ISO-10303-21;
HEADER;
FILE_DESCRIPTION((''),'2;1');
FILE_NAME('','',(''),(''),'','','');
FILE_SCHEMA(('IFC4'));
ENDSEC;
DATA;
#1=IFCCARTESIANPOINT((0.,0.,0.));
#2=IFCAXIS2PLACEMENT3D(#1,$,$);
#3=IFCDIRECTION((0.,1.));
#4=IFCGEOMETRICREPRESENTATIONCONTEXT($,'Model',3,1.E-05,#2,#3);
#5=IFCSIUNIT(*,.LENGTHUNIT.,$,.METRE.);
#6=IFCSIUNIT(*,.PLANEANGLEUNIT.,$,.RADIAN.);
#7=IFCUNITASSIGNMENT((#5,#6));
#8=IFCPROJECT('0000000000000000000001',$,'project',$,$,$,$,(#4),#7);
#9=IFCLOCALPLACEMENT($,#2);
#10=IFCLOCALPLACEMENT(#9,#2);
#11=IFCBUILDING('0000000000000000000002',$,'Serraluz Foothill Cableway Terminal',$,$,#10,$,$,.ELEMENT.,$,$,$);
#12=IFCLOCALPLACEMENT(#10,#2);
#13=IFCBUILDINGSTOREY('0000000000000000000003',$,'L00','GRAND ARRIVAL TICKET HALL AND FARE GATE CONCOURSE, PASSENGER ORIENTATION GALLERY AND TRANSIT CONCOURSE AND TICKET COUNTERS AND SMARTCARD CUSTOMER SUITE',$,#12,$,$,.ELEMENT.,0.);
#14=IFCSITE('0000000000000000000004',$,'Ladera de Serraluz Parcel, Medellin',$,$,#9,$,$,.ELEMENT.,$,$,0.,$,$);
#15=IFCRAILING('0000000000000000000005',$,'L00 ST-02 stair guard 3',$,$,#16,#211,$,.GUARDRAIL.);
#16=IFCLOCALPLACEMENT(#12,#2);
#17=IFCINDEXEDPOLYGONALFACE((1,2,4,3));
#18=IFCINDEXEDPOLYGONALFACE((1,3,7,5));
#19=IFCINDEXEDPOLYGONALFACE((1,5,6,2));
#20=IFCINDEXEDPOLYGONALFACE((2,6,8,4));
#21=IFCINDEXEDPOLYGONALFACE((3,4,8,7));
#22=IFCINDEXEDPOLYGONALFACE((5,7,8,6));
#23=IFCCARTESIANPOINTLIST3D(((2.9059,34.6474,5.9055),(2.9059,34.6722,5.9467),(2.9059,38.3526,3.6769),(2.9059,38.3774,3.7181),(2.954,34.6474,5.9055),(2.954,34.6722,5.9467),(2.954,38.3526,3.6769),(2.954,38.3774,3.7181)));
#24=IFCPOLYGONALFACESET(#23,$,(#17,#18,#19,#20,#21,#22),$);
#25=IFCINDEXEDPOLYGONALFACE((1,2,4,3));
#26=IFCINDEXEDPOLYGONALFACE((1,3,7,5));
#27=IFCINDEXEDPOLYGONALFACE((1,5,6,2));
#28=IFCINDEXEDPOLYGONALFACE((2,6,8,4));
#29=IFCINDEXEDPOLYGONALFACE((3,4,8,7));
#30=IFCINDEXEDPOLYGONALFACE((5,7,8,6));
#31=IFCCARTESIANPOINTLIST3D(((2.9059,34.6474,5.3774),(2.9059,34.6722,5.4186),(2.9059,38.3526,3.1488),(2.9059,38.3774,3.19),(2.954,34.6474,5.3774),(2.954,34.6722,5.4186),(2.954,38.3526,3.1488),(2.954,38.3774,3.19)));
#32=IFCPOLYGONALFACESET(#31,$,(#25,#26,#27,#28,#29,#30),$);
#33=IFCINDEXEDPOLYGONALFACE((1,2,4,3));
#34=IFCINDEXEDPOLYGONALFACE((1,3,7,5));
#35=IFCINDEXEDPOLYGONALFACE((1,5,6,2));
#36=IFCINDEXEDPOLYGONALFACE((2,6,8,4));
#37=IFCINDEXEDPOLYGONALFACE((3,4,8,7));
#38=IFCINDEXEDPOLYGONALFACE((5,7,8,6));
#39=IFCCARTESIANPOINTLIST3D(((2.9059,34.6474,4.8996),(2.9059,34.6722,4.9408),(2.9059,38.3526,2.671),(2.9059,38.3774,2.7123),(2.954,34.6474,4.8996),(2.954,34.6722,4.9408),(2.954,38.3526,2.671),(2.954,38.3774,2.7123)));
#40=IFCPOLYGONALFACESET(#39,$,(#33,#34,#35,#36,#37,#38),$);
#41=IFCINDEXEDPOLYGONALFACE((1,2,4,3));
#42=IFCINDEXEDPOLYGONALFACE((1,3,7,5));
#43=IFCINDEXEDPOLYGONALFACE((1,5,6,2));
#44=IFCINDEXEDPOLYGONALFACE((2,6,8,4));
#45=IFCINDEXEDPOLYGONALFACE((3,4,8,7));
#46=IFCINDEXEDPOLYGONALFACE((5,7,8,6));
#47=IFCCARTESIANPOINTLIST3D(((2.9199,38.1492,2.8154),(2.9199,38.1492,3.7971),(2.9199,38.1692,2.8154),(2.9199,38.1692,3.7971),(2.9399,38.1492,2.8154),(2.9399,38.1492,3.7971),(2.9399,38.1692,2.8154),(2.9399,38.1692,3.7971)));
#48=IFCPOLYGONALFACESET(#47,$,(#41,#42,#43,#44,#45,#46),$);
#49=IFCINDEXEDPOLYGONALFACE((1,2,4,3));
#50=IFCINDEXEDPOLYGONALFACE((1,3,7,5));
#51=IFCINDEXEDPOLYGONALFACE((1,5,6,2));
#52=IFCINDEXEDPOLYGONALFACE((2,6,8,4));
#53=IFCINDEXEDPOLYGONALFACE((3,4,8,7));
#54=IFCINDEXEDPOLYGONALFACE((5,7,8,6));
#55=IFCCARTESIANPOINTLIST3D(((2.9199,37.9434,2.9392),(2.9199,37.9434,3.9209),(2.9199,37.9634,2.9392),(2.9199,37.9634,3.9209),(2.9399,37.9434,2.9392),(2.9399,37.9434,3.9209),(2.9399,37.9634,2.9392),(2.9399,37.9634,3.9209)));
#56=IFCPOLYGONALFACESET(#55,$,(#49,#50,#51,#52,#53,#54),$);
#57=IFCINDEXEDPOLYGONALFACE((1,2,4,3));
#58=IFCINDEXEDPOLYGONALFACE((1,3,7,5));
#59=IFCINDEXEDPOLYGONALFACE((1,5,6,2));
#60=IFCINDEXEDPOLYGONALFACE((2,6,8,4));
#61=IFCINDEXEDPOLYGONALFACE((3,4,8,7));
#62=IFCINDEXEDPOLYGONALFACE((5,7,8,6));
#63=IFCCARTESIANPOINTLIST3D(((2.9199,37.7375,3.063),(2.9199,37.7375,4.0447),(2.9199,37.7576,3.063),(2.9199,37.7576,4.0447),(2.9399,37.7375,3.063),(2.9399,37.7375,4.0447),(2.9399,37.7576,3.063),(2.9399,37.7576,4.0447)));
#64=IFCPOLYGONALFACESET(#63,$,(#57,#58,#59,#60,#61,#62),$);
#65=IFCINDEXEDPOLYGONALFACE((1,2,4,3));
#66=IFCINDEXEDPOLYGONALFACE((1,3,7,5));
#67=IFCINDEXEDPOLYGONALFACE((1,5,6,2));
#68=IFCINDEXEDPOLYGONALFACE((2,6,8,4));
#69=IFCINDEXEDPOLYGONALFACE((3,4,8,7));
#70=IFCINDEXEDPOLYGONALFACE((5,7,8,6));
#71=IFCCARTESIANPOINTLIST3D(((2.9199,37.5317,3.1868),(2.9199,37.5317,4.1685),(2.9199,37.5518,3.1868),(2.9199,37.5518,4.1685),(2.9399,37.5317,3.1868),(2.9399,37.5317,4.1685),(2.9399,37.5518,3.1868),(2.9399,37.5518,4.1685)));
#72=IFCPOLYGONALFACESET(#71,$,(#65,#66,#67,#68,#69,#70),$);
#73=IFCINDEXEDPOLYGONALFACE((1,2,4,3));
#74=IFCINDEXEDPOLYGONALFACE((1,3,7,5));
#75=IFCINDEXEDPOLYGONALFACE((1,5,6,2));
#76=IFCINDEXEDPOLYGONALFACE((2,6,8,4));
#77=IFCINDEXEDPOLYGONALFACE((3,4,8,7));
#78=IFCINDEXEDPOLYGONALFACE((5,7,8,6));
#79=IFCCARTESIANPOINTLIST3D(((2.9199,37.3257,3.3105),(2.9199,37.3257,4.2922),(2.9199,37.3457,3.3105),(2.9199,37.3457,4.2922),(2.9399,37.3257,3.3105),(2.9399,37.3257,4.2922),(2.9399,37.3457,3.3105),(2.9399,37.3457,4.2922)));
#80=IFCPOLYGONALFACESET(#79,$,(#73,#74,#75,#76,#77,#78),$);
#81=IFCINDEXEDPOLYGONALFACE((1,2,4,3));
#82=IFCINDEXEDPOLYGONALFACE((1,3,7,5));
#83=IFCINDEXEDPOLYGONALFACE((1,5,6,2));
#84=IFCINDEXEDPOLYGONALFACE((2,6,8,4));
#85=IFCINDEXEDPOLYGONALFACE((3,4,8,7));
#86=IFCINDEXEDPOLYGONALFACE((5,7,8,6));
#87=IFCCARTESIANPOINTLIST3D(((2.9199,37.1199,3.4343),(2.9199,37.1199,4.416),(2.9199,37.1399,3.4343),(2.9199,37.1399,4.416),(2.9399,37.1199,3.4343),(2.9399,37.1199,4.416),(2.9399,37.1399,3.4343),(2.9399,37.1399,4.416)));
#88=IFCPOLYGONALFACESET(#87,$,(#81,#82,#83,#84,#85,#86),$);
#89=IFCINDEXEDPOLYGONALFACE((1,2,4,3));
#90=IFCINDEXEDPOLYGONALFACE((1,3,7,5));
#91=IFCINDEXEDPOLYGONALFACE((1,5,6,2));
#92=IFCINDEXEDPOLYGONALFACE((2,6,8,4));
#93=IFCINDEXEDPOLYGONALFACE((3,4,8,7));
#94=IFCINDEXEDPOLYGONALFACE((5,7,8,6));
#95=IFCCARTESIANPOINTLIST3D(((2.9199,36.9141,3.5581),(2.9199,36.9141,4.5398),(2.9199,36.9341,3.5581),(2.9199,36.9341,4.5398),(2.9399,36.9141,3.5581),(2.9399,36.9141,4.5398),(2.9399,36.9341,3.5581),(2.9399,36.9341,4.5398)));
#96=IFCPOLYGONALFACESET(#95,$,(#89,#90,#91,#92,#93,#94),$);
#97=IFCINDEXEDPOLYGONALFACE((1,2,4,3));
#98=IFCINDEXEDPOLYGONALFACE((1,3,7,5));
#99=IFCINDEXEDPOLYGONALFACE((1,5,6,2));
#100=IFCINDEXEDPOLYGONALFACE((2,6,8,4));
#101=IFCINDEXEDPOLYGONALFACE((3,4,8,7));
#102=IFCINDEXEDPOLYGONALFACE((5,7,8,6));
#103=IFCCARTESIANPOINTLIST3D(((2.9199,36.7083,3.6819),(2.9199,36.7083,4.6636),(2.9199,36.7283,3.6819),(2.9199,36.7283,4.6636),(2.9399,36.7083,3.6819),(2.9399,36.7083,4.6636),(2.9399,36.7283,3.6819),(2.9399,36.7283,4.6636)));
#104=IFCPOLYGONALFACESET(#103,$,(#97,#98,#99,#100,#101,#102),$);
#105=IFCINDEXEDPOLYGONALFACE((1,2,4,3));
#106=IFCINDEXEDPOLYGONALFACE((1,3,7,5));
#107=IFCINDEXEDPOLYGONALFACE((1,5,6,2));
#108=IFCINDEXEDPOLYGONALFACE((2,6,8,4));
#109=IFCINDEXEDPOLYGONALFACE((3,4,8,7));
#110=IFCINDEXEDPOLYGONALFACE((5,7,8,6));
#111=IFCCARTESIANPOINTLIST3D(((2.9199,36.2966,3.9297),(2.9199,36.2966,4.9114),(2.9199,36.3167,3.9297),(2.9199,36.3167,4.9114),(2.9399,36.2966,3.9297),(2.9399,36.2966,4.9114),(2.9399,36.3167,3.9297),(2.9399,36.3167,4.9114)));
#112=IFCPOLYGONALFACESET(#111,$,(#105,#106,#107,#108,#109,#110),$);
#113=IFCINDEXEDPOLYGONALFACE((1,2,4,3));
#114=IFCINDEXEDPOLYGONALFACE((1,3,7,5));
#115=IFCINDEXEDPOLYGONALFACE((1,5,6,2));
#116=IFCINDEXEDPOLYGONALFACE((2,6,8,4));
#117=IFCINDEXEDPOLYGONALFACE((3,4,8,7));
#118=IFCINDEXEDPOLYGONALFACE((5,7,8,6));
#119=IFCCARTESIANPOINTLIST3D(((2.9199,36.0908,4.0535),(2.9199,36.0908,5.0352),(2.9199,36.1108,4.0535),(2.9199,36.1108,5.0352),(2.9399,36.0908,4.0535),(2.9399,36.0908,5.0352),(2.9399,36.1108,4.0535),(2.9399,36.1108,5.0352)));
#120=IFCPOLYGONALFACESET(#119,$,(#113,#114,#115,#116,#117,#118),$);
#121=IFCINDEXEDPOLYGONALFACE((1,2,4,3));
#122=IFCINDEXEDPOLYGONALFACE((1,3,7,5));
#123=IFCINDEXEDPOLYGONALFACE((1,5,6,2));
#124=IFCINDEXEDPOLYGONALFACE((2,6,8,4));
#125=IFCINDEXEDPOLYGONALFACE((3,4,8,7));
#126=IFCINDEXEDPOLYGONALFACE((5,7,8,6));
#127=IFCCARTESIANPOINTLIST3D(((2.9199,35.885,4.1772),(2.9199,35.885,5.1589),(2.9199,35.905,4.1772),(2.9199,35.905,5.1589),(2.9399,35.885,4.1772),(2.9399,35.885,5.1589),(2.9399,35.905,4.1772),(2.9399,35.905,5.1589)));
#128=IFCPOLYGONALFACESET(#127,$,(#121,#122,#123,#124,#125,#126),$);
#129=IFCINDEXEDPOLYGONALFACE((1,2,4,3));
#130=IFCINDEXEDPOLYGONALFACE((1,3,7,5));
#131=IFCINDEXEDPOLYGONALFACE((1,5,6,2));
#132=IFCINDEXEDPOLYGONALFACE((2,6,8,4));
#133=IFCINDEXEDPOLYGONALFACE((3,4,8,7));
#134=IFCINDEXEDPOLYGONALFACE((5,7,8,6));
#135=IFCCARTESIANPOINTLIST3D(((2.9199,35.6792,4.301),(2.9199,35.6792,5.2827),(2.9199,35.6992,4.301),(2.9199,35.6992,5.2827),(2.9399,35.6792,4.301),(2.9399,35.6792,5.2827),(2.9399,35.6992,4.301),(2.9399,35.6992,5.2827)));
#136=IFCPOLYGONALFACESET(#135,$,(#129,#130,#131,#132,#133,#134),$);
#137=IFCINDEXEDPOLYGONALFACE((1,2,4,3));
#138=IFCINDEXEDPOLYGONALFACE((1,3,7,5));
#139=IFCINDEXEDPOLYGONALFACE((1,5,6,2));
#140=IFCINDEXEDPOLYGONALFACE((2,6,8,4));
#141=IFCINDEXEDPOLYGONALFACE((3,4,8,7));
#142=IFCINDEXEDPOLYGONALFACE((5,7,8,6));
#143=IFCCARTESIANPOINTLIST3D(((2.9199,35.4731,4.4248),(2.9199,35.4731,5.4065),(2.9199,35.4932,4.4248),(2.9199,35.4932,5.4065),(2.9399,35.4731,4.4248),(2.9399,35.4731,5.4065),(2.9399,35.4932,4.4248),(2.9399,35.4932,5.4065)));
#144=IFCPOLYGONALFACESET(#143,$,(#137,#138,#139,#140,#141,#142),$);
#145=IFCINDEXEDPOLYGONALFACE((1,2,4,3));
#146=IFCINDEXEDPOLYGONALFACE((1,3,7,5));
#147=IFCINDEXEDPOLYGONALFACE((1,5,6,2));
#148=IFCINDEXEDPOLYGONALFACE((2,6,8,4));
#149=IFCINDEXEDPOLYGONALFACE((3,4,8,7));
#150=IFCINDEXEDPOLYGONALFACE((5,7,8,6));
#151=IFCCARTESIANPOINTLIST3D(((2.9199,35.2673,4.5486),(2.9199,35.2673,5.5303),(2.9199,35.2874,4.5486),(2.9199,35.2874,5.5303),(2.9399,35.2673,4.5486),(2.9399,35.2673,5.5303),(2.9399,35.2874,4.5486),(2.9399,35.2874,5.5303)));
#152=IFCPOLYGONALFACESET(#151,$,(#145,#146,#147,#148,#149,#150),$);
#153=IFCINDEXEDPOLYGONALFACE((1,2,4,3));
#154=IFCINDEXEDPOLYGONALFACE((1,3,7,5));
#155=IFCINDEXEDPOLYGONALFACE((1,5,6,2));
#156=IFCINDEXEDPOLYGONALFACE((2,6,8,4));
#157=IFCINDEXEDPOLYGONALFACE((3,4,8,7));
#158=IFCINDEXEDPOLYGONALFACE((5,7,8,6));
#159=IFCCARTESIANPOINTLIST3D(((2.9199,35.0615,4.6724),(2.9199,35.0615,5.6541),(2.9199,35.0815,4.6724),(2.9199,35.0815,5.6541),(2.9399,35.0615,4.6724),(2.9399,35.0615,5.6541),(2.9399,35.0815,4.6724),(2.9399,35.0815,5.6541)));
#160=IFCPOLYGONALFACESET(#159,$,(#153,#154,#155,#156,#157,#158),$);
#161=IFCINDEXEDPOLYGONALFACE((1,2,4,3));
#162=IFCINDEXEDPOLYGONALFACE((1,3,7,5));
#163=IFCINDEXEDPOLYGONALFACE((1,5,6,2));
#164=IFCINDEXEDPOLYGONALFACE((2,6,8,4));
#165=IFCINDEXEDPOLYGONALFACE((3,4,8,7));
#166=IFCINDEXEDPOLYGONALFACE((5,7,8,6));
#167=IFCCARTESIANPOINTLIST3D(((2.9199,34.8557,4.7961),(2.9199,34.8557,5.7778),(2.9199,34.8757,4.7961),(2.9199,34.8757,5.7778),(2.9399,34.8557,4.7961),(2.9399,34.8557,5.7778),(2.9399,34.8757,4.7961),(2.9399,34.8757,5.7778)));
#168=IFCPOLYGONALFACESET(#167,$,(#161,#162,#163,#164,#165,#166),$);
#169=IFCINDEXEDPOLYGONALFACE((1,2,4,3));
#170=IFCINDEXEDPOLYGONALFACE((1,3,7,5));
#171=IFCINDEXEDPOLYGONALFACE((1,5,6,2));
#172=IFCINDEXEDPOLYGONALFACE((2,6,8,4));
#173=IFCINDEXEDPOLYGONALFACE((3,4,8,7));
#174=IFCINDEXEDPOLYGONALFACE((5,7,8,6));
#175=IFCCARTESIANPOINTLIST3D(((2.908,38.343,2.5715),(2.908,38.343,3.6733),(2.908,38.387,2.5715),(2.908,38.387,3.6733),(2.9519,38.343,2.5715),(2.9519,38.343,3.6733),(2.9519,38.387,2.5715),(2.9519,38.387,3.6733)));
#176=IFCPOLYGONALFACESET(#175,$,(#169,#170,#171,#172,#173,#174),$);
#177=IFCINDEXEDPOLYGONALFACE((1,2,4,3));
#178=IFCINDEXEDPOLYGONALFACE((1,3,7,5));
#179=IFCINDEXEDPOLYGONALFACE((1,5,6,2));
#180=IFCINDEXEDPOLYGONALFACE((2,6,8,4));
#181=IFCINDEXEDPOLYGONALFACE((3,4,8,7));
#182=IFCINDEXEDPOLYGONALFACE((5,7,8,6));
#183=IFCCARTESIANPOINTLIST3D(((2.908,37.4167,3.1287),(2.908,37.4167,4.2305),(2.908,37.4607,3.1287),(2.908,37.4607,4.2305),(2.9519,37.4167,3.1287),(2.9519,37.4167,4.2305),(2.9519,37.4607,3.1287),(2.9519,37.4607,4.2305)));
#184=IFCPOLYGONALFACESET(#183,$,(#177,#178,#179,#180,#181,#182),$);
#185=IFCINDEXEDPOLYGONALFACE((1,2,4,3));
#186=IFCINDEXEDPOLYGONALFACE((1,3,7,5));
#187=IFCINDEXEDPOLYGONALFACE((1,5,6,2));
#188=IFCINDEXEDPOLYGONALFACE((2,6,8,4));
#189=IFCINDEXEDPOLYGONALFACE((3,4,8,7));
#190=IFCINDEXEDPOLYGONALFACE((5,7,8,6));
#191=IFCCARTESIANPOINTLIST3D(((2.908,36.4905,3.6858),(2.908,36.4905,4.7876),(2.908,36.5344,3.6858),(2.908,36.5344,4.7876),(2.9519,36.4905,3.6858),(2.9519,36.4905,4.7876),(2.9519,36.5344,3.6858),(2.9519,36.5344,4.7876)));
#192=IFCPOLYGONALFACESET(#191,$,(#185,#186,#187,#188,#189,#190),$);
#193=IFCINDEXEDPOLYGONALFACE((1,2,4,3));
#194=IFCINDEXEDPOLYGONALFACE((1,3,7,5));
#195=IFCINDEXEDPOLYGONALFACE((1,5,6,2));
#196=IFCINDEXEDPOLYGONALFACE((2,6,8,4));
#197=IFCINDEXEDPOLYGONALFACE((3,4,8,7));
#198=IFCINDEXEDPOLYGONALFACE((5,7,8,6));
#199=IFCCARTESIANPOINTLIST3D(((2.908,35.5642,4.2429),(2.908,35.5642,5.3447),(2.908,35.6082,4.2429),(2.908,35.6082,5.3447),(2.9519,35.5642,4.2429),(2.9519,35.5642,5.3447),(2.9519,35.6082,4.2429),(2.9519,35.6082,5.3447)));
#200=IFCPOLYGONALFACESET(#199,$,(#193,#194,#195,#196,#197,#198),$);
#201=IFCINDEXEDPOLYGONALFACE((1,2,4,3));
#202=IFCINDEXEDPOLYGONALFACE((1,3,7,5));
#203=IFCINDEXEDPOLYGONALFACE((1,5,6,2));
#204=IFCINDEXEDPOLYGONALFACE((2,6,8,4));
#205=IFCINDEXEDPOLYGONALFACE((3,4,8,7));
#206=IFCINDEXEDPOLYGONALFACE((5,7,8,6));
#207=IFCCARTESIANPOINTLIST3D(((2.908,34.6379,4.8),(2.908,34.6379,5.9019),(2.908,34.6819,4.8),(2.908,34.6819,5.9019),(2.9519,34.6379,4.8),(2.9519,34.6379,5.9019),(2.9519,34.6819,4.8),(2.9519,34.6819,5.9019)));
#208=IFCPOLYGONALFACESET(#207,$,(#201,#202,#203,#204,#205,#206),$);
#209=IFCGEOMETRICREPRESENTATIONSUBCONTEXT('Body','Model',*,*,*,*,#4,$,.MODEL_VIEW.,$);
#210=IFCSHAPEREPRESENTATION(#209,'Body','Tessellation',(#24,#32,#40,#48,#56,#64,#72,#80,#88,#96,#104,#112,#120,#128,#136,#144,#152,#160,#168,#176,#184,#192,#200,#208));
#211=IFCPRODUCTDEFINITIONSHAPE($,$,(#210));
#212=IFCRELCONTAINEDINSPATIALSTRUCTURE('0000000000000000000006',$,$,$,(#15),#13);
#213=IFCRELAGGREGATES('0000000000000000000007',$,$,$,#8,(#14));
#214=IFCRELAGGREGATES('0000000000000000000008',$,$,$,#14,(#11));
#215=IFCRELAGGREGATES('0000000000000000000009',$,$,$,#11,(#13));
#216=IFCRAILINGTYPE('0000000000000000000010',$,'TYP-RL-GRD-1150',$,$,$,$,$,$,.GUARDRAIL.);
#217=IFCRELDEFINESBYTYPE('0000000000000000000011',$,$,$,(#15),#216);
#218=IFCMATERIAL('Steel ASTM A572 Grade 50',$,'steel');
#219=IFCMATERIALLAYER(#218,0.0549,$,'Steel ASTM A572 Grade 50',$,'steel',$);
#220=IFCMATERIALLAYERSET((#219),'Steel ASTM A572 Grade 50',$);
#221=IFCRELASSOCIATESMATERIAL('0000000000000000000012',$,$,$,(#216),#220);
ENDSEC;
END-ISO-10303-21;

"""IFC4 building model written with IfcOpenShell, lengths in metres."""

from ifc_helpers import new_model, si_unit, direction, frame, origin, origin_2d, place, context, subcontext, project, spatial, rectangle, extrude, material, layer, layer_set, type_object, element, save


model = new_model("IFC4")

# Units and contexts
model_context = context("Model", 3, precision=1e-05, world=origin(), true_north=direction((0.0, 1.0)))
body_context = subcontext(model_context, "Body", "Model", "MODEL_VIEW")
ifc_project = project(units=[si_unit("LENGTHUNIT", "METRE"), si_unit("PLANEANGLEUNIT", "RADIAN")], contexts=[model_context])

# Site, building, storey
site_placement = place(None, origin())
site = spatial("IfcSite", under=ifc_project, at=site_placement, Name="Ladera de Serraluz Parcel, Medellin", CompositionType="ELEMENT", RefElevation=0.0)
building_placement = place(site_placement, origin())
building = spatial("IfcBuilding", under=site, at=building_placement, Name="Serraluz Foothill Cableway Terminal", CompositionType="ELEMENT")
storey_placement = place(building_placement, origin())
storey = spatial("IfcBuildingStorey", under=building, at=storey_placement, Name="L00", Description="GRAND ARRIVAL TICKET HALL AND FARE GATE CONCOURSE, PASSENGER ORIENTATION GALLERY AND TRANSIT CONCOURSE AND TICKET COUNTERS AND SMARTCARD CUSTOMER SUITE", CompositionType="ELEMENT", Elevation=0.0)

# Railing
ifc_material_1 = material(Name="Steel ASTM A572 Grade 50", Category="steel")
ifc_layer_1 = layer(ifc_material_1, 0.0549, Name="Steel ASTM A572 Grade 50", Category="steel")
ifc_layer_set_1 = layer_set([ifc_layer_1], Name="Steel ASTM A572 Grade 50")
railing_type_1 = type_object("IfcRailingType", Name="TYP-RL-GRD-1150", PredefinedType="GUARDRAIL", material=ifc_layer_set_1)
railing_1_placement = place(storey_placement, frame((2.9299, 38.365, 2.5715)))
element("IfcRailing", 1, at=railing_1_placement, inside=storey, type_object=railing_type_1, Name="L00 ST-02 stair guard 3", PredefinedType="GUARDRAIL", context=body_context, shape_type="SweptSolid", body=[
    extrude(rectangle(XDim=0.0481, YDim=0.0481, at=origin_2d()), frame((0.0, 0.0, 1.126), z_axis=(0.0, -0.856934, 0.515425), x_axis=(1.0, 0.0, 0.0)), (0.0, 0.0, 1.0), 4.3237),
    extrude(rectangle(XDim=0.0481, YDim=0.0481, at=origin_2d()), frame((0.0, 0.0, 0.5979), z_axis=(0.0, -0.856934, 0.515425), x_axis=(1.0, 0.0, 0.0)), (0.0, 0.0, 1.0), 4.3237),
    extrude(rectangle(XDim=0.0481, YDim=0.0481, at=origin_2d()), frame((0.0, 0.0, 0.1201), z_axis=(0.0, -0.856934, 0.515425), x_axis=(1.0, 0.0, 0.0)), (0.0, 0.0, 1.0), 4.3237),
    extrude(rectangle(XDim=0.02, YDim=0.02, at=origin_2d()), frame((0.0, -0.2058, 0.2439)), (0.0, 0.0, 1.0), 0.9817),
    extrude(rectangle(XDim=0.02, YDim=0.02, at=origin_2d()), frame((0.0, -0.4116, 0.3677)), (0.0, 0.0, 1.0), 0.9817),
    extrude(rectangle(XDim=0.02, YDim=0.02, at=origin_2d()), frame((0.0, -0.6174, 0.4915)), (0.0, 0.0, 1.0), 0.9817),
    extrude(rectangle(XDim=0.02, YDim=0.02, at=origin_2d()), frame((0.0, -0.8232, 0.6152)), (0.0, 0.0, 1.0), 0.9817),
    extrude(rectangle(XDim=0.02, YDim=0.02, at=origin_2d()), frame((0.0, -1.0293, 0.739)), (0.0, 0.0, 1.0), 0.9817),
    extrude(rectangle(XDim=0.02, YDim=0.02, at=origin_2d()), frame((0.0, -1.2351, 0.8628)), (0.0, 0.0, 1.0), 0.9817),
    extrude(rectangle(XDim=0.02, YDim=0.02, at=origin_2d()), frame((0.0, -1.4409, 0.9866)), (0.0, 0.0, 1.0), 0.9817),
    extrude(rectangle(XDim=0.02, YDim=0.02, at=origin_2d()), frame((0.0, -1.6467, 1.1104)), (0.0, 0.0, 1.0), 0.9817),
    extrude(rectangle(XDim=0.02, YDim=0.02, at=origin_2d()), frame((0.0, -2.0583, 1.3582)), (0.0, 0.0, 1.0), 0.9817),
    extrude(rectangle(XDim=0.02, YDim=0.02, at=origin_2d()), frame((0.0, -2.2642, 1.4819)), (0.0, 0.0, 1.0), 0.9817),
    extrude(rectangle(XDim=0.02, YDim=0.02, at=origin_2d()), frame((0.0, -2.47, 1.6057)), (0.0, 0.0, 1.0), 0.9817),
    extrude(rectangle(XDim=0.02, YDim=0.02, at=origin_2d()), frame((0.0, -2.6758, 1.7295)), (0.0, 0.0, 1.0), 0.9817),
    extrude(rectangle(XDim=0.02, YDim=0.02, at=origin_2d()), frame((0.0, -2.8818, 1.8533)), (0.0, 0.0, 1.0), 0.9817),
    extrude(rectangle(XDim=0.02, YDim=0.02, at=origin_2d()), frame((0.0, -3.0876, 1.9771)), (0.0, 0.0, 1.0), 0.9817),
    extrude(rectangle(XDim=0.02, YDim=0.02, at=origin_2d()), frame((0.0, -3.2935, 2.1008)), (0.0, 0.0, 1.0), 0.9817),
    extrude(rectangle(XDim=0.02, YDim=0.02, at=origin_2d()), frame((0.0, -3.4993, 2.2246)), (0.0, 0.0, 1.0), 0.9817),
    extrude(rectangle(XDim=0.0439, YDim=0.0439, at=origin_2d()), origin(), (0.0, 0.0, 1.0), 1.1018),
    extrude(rectangle(XDim=0.0439, YDim=0.0439, at=origin_2d()), frame((0.0, -0.9263, 0.5571)), (0.0, 0.0, 1.0), 1.1018),
    extrude(rectangle(XDim=0.0439, YDim=0.0439, at=origin_2d()), frame((0.0, -1.8525, 1.1143)), (0.0, 0.0, 1.0), 1.1018),
    extrude(rectangle(XDim=0.0439, YDim=0.0439, at=origin_2d()), frame((0.0, -2.7788, 1.6714)), (0.0, 0.0, 1.0), 1.1018),
    extrude(rectangle(XDim=0.0439, YDim=0.0439, at=origin_2d()), frame((0.0, -3.7051, 2.2285)), (0.0, 0.0, 1.0), 1.1018),
])

save(model, "model.ifc")
